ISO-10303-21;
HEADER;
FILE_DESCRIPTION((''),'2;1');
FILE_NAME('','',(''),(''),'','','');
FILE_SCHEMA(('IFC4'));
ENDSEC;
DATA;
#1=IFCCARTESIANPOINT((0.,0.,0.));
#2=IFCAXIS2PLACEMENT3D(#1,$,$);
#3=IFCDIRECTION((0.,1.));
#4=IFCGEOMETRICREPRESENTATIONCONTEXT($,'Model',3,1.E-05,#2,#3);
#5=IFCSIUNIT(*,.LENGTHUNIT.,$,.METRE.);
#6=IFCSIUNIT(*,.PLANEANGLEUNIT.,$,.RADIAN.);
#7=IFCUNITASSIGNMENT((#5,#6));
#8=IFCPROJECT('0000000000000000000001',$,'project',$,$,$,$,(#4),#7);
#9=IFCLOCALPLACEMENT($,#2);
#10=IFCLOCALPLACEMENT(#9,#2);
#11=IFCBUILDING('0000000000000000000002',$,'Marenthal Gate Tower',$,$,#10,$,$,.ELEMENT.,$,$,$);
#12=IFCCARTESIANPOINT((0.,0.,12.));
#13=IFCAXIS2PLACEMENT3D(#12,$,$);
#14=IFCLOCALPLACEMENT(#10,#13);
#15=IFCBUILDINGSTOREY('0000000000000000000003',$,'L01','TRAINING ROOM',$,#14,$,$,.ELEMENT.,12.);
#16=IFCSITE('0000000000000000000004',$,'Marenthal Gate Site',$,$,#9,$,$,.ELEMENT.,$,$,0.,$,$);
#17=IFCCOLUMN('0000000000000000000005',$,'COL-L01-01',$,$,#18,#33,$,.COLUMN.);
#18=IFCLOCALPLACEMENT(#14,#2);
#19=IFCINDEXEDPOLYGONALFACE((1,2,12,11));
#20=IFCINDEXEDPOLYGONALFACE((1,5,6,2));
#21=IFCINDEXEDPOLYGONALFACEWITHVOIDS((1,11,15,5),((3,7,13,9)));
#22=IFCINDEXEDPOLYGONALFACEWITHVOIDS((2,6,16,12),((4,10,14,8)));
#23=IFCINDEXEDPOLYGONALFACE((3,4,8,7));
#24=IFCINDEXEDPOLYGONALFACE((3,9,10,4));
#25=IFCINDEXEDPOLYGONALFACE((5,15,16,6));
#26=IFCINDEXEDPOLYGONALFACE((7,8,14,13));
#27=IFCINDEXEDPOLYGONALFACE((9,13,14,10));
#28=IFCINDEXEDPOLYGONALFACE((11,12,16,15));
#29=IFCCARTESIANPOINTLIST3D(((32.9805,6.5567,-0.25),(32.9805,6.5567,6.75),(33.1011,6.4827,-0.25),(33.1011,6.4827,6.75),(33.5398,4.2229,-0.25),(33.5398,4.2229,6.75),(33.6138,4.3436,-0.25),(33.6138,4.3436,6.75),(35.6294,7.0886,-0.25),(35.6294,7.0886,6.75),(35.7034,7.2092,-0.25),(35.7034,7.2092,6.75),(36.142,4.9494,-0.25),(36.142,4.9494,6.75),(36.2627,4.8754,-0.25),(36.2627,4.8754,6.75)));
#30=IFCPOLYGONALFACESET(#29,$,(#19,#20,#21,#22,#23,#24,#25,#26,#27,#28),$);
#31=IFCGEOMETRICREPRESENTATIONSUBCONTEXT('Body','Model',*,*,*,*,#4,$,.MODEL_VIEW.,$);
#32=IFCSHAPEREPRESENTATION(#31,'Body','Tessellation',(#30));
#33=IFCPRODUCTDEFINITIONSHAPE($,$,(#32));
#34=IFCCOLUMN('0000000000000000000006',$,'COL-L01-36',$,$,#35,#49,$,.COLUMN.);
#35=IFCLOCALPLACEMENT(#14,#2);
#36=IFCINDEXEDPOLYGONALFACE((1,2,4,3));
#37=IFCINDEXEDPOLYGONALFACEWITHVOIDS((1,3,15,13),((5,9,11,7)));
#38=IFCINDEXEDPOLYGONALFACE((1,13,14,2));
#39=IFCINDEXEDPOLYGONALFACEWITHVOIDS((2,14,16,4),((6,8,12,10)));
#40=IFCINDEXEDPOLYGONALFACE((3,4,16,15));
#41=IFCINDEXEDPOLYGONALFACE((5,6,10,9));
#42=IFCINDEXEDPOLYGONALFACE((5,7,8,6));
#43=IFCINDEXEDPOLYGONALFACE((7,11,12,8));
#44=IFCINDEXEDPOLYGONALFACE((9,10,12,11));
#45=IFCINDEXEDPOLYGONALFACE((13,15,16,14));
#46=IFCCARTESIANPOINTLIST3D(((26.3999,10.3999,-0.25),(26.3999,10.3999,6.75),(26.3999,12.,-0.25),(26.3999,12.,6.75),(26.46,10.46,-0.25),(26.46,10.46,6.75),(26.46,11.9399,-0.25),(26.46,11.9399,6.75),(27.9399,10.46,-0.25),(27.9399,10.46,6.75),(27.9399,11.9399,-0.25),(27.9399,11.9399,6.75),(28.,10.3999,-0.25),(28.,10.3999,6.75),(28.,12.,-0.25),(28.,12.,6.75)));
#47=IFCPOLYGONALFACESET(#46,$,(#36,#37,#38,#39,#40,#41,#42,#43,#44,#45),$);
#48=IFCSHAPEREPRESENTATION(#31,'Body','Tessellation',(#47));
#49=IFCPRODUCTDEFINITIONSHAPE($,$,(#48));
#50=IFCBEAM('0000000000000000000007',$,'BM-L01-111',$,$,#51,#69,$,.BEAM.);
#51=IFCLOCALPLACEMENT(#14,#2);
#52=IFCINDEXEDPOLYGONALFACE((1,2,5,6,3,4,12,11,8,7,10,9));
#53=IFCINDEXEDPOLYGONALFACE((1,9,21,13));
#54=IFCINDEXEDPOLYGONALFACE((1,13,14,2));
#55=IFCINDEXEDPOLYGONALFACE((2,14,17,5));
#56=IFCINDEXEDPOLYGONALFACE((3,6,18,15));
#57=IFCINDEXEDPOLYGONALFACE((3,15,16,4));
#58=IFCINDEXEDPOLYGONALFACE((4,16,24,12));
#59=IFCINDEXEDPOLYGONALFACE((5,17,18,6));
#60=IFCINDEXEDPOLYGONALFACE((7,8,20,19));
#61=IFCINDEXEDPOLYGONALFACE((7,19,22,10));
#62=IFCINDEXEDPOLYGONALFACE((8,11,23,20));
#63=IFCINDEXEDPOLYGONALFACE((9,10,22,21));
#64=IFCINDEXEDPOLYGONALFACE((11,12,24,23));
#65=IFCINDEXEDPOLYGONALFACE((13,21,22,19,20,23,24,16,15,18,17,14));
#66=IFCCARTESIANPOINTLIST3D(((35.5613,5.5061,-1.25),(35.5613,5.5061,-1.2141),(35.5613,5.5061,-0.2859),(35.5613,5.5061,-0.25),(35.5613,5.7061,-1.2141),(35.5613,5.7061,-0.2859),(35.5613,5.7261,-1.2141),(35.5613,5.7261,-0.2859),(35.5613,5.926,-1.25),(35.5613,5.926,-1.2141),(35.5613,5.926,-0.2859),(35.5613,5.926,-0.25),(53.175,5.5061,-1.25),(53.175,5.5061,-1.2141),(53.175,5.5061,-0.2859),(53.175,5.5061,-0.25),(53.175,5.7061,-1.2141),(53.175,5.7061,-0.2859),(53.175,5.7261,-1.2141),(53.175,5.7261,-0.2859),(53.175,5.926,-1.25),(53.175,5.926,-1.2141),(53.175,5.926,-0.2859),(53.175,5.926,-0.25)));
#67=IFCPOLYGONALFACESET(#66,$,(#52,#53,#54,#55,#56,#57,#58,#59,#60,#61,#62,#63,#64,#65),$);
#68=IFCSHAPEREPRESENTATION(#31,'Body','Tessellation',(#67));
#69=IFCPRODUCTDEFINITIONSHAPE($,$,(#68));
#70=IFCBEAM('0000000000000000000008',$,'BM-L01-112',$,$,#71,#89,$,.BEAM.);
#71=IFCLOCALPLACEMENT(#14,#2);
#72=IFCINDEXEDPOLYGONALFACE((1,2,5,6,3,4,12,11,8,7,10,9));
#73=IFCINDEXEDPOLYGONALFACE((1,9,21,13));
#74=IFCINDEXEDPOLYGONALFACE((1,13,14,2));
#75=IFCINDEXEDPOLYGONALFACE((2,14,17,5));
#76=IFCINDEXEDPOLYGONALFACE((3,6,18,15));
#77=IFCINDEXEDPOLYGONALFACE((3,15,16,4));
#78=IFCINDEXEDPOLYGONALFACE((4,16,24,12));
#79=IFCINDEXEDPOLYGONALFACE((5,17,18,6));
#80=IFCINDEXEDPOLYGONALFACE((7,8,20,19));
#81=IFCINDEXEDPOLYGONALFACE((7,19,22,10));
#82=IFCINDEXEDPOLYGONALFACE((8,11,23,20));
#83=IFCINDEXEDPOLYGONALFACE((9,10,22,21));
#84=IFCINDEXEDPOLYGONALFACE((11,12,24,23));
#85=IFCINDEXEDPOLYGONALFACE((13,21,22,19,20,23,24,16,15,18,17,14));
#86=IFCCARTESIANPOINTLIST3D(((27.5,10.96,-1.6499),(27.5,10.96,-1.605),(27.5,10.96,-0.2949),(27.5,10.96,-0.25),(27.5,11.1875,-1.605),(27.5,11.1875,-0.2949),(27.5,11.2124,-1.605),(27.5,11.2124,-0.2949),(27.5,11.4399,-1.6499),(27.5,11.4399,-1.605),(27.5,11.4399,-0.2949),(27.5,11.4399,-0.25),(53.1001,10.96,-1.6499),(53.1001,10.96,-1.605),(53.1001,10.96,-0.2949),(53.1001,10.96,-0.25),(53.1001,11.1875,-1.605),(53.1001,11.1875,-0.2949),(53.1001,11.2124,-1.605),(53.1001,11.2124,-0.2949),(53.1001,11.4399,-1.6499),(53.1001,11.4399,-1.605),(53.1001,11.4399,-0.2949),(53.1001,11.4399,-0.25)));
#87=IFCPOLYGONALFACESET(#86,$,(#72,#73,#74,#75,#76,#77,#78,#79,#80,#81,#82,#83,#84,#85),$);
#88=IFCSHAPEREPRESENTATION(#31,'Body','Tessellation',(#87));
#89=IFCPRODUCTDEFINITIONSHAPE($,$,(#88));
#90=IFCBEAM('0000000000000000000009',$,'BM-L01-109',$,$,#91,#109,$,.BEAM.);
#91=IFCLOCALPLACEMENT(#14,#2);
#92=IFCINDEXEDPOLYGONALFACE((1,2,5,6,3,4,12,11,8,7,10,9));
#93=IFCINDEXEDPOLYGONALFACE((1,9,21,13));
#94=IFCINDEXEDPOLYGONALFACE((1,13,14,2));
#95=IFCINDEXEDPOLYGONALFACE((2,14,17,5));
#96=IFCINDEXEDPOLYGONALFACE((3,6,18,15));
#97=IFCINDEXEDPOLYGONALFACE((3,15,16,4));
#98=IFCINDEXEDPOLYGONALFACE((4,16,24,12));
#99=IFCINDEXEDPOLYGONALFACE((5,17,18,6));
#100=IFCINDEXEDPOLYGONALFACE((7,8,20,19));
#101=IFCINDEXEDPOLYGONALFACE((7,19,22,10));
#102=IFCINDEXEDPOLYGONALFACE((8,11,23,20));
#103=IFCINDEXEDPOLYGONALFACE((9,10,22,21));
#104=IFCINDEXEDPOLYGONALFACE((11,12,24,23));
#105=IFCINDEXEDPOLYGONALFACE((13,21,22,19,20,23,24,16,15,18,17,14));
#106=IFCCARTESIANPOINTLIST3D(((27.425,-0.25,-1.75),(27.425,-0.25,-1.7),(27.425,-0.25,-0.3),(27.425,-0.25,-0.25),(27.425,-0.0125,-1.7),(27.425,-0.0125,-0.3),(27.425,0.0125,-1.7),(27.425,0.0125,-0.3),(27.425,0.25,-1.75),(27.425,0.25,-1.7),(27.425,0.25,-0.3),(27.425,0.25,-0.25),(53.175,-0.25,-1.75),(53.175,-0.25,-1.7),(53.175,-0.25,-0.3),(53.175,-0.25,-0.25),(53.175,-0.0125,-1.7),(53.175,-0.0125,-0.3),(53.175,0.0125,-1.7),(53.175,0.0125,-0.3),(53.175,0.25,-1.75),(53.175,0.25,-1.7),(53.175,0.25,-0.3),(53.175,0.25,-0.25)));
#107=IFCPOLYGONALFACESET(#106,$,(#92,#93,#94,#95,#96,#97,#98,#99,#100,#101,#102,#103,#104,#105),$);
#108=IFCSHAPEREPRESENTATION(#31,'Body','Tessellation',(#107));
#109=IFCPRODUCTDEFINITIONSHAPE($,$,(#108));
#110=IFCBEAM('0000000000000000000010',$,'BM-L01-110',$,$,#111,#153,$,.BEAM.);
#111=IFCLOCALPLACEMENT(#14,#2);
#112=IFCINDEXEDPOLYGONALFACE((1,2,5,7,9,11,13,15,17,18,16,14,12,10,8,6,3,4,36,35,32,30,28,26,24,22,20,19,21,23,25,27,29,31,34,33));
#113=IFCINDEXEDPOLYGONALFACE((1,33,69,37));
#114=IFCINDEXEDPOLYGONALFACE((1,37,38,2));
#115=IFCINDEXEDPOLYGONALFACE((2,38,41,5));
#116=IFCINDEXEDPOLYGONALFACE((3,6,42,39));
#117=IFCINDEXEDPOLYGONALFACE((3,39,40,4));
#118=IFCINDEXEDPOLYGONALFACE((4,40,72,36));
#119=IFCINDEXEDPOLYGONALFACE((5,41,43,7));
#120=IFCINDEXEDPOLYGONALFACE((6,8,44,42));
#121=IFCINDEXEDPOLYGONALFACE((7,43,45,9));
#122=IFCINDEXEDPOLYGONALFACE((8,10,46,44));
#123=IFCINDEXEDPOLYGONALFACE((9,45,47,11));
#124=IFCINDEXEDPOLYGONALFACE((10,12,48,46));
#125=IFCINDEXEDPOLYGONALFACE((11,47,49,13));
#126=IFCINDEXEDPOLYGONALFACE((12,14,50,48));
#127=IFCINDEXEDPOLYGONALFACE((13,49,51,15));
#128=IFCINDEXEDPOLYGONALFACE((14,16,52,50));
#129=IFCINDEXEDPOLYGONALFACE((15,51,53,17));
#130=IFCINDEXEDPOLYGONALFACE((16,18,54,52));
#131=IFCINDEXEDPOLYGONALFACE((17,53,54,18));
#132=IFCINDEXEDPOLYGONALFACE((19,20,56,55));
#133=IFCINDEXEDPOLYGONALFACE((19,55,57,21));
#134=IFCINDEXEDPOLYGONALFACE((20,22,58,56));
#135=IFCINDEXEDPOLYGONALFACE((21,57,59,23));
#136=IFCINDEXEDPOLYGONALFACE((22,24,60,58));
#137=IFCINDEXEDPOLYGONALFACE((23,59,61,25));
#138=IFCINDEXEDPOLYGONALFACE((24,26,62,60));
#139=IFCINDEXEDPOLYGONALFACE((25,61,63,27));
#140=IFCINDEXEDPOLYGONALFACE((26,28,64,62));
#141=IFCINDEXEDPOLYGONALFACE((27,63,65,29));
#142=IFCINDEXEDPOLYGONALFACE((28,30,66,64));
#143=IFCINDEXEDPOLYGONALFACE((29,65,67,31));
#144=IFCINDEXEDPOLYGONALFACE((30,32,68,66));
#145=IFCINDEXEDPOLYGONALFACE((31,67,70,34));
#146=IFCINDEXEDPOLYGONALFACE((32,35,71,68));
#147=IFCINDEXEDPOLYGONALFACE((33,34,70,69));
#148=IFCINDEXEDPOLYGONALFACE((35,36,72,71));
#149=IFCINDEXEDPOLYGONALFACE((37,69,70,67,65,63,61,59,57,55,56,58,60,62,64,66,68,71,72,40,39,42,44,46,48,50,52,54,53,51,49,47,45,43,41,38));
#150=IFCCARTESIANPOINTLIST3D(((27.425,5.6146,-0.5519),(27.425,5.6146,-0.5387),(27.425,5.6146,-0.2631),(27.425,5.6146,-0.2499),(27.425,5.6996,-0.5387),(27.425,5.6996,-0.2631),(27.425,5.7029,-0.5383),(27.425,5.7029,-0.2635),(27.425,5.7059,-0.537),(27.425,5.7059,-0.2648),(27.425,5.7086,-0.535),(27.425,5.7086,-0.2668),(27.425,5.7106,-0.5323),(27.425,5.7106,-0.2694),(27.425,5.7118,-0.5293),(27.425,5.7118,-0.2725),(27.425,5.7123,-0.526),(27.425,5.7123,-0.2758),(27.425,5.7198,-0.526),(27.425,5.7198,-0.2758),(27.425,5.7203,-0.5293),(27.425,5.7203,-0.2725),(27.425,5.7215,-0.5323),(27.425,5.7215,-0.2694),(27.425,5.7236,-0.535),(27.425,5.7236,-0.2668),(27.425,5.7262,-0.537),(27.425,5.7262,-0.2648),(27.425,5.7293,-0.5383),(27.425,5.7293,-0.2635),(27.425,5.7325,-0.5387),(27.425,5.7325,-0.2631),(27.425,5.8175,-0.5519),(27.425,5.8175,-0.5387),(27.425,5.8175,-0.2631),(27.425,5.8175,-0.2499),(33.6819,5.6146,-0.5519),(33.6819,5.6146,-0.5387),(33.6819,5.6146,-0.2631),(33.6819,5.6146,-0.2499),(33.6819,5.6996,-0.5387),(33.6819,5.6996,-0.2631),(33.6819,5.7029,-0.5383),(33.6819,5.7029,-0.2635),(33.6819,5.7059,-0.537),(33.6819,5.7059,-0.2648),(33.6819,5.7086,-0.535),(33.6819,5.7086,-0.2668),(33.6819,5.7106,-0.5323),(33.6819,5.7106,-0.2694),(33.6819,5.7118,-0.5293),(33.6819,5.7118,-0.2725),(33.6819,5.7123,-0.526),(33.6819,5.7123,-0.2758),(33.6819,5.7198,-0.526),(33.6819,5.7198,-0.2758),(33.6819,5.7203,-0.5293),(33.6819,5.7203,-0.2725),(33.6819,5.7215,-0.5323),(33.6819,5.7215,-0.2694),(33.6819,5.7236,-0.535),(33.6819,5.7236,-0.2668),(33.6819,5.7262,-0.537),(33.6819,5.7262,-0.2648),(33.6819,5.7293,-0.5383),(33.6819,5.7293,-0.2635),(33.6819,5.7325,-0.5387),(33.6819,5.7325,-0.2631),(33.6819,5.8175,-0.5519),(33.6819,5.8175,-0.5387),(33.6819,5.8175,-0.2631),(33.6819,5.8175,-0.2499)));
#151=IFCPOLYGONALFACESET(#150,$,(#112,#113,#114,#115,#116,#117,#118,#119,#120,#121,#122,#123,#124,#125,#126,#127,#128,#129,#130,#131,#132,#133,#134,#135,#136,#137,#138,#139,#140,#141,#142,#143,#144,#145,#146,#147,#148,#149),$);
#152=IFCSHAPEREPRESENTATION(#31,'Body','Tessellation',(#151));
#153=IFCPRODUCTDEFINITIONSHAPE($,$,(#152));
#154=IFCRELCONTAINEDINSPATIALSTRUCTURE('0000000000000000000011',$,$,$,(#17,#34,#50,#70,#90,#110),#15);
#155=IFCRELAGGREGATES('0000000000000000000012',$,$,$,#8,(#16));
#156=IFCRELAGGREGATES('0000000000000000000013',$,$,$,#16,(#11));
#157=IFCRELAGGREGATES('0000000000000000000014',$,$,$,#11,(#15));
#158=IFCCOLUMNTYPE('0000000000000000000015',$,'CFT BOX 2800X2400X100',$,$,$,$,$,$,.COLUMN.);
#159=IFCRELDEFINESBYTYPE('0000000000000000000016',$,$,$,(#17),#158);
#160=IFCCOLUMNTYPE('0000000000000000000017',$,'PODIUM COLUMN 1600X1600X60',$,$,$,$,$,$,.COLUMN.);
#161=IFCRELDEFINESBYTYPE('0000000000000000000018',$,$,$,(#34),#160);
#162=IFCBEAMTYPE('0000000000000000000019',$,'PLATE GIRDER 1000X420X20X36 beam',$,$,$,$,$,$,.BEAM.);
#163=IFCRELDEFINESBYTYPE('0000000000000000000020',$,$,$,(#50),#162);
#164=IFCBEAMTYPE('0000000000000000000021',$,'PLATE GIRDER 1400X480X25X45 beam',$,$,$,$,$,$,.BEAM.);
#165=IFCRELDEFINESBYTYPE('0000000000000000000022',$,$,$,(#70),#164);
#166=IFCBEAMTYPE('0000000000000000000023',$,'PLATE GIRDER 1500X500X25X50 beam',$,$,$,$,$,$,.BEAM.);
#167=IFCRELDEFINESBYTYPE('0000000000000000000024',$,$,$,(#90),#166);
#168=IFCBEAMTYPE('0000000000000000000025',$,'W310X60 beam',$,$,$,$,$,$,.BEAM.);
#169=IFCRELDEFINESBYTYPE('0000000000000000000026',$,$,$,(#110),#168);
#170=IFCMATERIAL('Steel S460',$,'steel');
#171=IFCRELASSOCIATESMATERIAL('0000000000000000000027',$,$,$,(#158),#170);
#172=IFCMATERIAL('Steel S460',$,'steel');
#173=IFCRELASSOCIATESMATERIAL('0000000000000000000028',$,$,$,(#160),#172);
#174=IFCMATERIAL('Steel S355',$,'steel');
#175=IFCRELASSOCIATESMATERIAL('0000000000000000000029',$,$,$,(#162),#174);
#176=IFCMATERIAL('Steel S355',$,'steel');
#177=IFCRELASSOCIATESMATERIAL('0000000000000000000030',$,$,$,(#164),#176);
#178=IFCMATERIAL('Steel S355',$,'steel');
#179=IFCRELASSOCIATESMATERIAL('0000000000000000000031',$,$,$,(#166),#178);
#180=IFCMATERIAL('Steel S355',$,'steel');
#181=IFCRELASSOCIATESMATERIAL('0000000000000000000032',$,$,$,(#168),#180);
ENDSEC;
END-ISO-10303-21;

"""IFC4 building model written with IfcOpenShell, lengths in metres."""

from ifc_helpers import new_model, si_unit, direction, frame, origin, origin_2d, place, context, subcontext, project, spatial, rectangle, hollow_rectangle, i_section, extrude, material, material_profile, profile_set, type_object, element, save


model = new_model("IFC4")

# Units and contexts
model_context = context("Model", 3, precision=1e-05, world=origin(), true_north=direction((0.0, 1.0)))
body_context = subcontext(model_context, "Body", "Model", "MODEL_VIEW")
ifc_project = project(units=[si_unit("LENGTHUNIT", "METRE"), si_unit("PLANEANGLEUNIT", "RADIAN")], contexts=[model_context])

# Site, building, storey
site_placement = place(None, origin())
site = spatial("IfcSite", under=ifc_project, at=site_placement, Name="Marenthal Gate Site", CompositionType="ELEMENT", RefElevation=0.0)
building_placement = place(site_placement, origin())
building = spatial("IfcBuilding", under=site, at=building_placement, Name="Marenthal Gate Tower", CompositionType="ELEMENT")
storey_placement = place(building_placement, frame((0.0, 0.0, 12.0)))
storey = spatial("IfcBuildingStorey", under=building, at=storey_placement, Name="L01", Description="TRAINING ROOM", CompositionType="ELEMENT", Elevation=12.0)

# Columns
ifc_material_1 = material(Name="Steel S460", Category="steel")
ifc_material_profile_1 = material_profile(ifc_material_1, hollow_rectangle(XDim=2.3999, YDim=2.8, WallThickness=0.1001, at=origin_2d()), Name="CFT BOX 2800X2400X100")
ifc_material_2 = material(Name="Concrete 70 MPa", Category="concrete")
ifc_material_profile_2 = material_profile(ifc_material_2, rectangle(XDim=2.2, YDim=2.6001, at=origin_2d()), Name="CFT BOX 2800X2400X100 INFILL")
ifc_profile_set_1 = profile_set([ifc_material_profile_1, ifc_material_profile_2], Name="Steel S460 shell, Concrete 70 MPa infill")
column_type_1 = type_object("IfcColumnType", Name="CFT BOX 2800X2400X100", PredefinedType="COLUMN", material=ifc_profile_set_1)
column_1_placement = place(storey_placement, frame((34.6216, 5.7161, -0.25), z_axis=(0.0, 0.0, 1.0), x_axis=(0.233047, -0.972466, 0.0)))
element("IfcColumn", 1, at=column_1_placement, inside=storey, type_object=column_type_1, Name="COL-L01-01", PredefinedType="COLUMN", context=body_context, shape_type="SweptSolid", body=[
    extrude(hollow_rectangle(XDim=2.3999, YDim=2.8, WallThickness=0.1001, at=origin_2d()), origin(), (0.0, 0.0, 1.0), 7.0),
])
ifc_material_3 = material(Name="Steel S460", Category="steel")
ifc_material_profile_3 = material_profile(ifc_material_3, hollow_rectangle(XDim=1.6001, YDim=1.6001, WallThickness=0.0601, at=origin_2d()), Name="CFT BOX 1600X1600X60")
ifc_material_4 = material(Name="Concrete 70 MPa", Category="concrete")
ifc_material_profile_4 = material_profile(ifc_material_4, rectangle(XDim=1.48, YDim=1.48, at=origin_2d()), Name="CFT BOX 1600X1600X60 INFILL")
ifc_profile_set_2 = profile_set([ifc_material_profile_3, ifc_material_profile_4], Name="Steel S460 shell, Concrete 70 MPa infill")
column_type_2 = type_object("IfcColumnType", Name="PODIUM COLUMN 1600X1600X60", PredefinedType="COLUMN", material=ifc_profile_set_2)
column_2_placement = place(storey_placement, frame((27.2, 11.2, -0.25), z_axis=(0.0, 0.0, 1.0), x_axis=(1.0, 0.0, 0.0)))
element("IfcColumn", 2, at=column_2_placement, inside=storey, type_object=column_type_2, Name="COL-L01-36", PredefinedType="COLUMN", context=body_context, shape_type="SweptSolid", body=[
    extrude(hollow_rectangle(XDim=1.6001, YDim=1.6001, WallThickness=0.0601, at=origin_2d()), origin(), (0.0, 0.0, 1.0), 7.0),
])

# Beams
ifc_material_5 = material(Name="Steel S355", Category="steel")
ifc_material_profile_5 = material_profile(ifc_material_5, i_section(OverallWidth=0.4199, OverallDepth=1.0, WebThickness=0.02, FlangeThickness=0.0359, at=origin_2d()), Name="PLATE GIRDER 1000X420X20X36")
ifc_profile_set_3 = profile_set([ifc_material_profile_5], Name="Steel S355")
beam_type_1 = type_object("IfcBeamType", Name="PLATE GIRDER 1000X420X20X36 beam", PredefinedType="BEAM", material=ifc_profile_set_3)
beam_1_placement = place(storey_placement, frame((35.5613, 5.7161, -0.75), z_axis=(1.0, 0.0, 0.0), x_axis=(0.0, 1.0, 0.0)))
element("IfcBeam", 3, at=beam_1_placement, inside=storey, type_object=beam_type_1, Name="BM-L01-111", PredefinedType="BEAM", context=body_context, shape_type="SweptSolid", body=[
    extrude(i_section(OverallWidth=0.4199, OverallDepth=1.0, WebThickness=0.02, FlangeThickness=0.0359, at=origin_2d()), origin(), (0.0, 0.0, 1.0), 17.6138),
])
ifc_material_6 = material(Name="Steel S355", Category="steel")
ifc_material_profile_6 = material_profile(ifc_material_6, i_section(OverallWidth=0.48, OverallDepth=1.3999, WebThickness=0.0249, FlangeThickness=0.0449, at=origin_2d()), Name="PLATE GIRDER 1400X480X25X45")
ifc_profile_set_4 = profile_set([ifc_material_profile_6], Name="Steel S355")
beam_type_2 = type_object("IfcBeamType", Name="PLATE GIRDER 1400X480X25X45 beam", PredefinedType="BEAM", material=ifc_profile_set_4)
beam_2_placement = place(storey_placement, frame((27.5, 11.2, -0.95), z_axis=(1.0, 0.0, 0.0), x_axis=(0.0, 1.0, 0.0)))
element("IfcBeam", 4, at=beam_2_placement, inside=storey, type_object=beam_type_2, Name="BM-L01-112", PredefinedType="BEAM", context=body_context, shape_type="SweptSolid", body=[
    extrude(i_section(OverallWidth=0.48, OverallDepth=1.3999, WebThickness=0.0249, FlangeThickness=0.0449, at=origin_2d()), origin(), (0.0, 0.0, 1.0), 25.6001),
])
ifc_material_7 = material(Name="Steel S355", Category="steel")
ifc_material_profile_7 = material_profile(ifc_material_7, i_section(OverallWidth=0.5, OverallDepth=1.5, WebThickness=0.0249, FlangeThickness=0.05, at=origin_2d()), Name="PLATE GIRDER 1500X500X25X50")
ifc_profile_set_5 = profile_set([ifc_material_profile_7], Name="Steel S355")
beam_type_3 = type_object("IfcBeamType", Name="PLATE GIRDER 1500X500X25X50 beam", PredefinedType="BEAM", material=ifc_profile_set_5)
beam_3_placement = place(storey_placement, frame((27.425, 0.0, -1.0), z_axis=(1.0, 0.0, 0.0), x_axis=(0.0, 1.0, 0.0)))
element("IfcBeam", 5, at=beam_3_placement, inside=storey, type_object=beam_type_3, Name="BM-L01-109", PredefinedType="BEAM", context=body_context, shape_type="SweptSolid", body=[
    extrude(i_section(OverallWidth=0.5, OverallDepth=1.5, WebThickness=0.0249, FlangeThickness=0.05, at=origin_2d()), origin(), (0.0, 0.0, 1.0), 25.75),
])
ifc_material_8 = material(Name="Steel S355", Category="steel")
ifc_material_profile_8 = material_profile(ifc_material_8, i_section(OverallWidth=0.2029, OverallDepth=0.302, WebThickness=0.0076, FlangeThickness=0.0132, FilletRadius=0.0127, at=origin_2d()), Name="W310X60")
ifc_profile_set_6 = profile_set([ifc_material_profile_8], Name="Steel S355")
beam_type_4 = type_object("IfcBeamType", Name="W310X60 beam", PredefinedType="BEAM", material=ifc_profile_set_6)
beam_4_placement = place(storey_placement, frame((27.425, 5.7161, -0.4009), z_axis=(1.0, 0.0, 0.0), x_axis=(0.0, 1.0, 0.0)))
element("IfcBeam", 6, at=beam_4_placement, inside=storey, type_object=beam_type_4, Name="BM-L01-110", PredefinedType="BEAM", context=body_context, shape_type="SweptSolid", body=[
    extrude(i_section(OverallWidth=0.2029, OverallDepth=0.302, WebThickness=0.0076, FlangeThickness=0.0132, FilletRadius=0.0127, at=origin_2d()), origin(), (0.0, 0.0, 1.0), 6.2568),
])

save(model, "model.ifc")
